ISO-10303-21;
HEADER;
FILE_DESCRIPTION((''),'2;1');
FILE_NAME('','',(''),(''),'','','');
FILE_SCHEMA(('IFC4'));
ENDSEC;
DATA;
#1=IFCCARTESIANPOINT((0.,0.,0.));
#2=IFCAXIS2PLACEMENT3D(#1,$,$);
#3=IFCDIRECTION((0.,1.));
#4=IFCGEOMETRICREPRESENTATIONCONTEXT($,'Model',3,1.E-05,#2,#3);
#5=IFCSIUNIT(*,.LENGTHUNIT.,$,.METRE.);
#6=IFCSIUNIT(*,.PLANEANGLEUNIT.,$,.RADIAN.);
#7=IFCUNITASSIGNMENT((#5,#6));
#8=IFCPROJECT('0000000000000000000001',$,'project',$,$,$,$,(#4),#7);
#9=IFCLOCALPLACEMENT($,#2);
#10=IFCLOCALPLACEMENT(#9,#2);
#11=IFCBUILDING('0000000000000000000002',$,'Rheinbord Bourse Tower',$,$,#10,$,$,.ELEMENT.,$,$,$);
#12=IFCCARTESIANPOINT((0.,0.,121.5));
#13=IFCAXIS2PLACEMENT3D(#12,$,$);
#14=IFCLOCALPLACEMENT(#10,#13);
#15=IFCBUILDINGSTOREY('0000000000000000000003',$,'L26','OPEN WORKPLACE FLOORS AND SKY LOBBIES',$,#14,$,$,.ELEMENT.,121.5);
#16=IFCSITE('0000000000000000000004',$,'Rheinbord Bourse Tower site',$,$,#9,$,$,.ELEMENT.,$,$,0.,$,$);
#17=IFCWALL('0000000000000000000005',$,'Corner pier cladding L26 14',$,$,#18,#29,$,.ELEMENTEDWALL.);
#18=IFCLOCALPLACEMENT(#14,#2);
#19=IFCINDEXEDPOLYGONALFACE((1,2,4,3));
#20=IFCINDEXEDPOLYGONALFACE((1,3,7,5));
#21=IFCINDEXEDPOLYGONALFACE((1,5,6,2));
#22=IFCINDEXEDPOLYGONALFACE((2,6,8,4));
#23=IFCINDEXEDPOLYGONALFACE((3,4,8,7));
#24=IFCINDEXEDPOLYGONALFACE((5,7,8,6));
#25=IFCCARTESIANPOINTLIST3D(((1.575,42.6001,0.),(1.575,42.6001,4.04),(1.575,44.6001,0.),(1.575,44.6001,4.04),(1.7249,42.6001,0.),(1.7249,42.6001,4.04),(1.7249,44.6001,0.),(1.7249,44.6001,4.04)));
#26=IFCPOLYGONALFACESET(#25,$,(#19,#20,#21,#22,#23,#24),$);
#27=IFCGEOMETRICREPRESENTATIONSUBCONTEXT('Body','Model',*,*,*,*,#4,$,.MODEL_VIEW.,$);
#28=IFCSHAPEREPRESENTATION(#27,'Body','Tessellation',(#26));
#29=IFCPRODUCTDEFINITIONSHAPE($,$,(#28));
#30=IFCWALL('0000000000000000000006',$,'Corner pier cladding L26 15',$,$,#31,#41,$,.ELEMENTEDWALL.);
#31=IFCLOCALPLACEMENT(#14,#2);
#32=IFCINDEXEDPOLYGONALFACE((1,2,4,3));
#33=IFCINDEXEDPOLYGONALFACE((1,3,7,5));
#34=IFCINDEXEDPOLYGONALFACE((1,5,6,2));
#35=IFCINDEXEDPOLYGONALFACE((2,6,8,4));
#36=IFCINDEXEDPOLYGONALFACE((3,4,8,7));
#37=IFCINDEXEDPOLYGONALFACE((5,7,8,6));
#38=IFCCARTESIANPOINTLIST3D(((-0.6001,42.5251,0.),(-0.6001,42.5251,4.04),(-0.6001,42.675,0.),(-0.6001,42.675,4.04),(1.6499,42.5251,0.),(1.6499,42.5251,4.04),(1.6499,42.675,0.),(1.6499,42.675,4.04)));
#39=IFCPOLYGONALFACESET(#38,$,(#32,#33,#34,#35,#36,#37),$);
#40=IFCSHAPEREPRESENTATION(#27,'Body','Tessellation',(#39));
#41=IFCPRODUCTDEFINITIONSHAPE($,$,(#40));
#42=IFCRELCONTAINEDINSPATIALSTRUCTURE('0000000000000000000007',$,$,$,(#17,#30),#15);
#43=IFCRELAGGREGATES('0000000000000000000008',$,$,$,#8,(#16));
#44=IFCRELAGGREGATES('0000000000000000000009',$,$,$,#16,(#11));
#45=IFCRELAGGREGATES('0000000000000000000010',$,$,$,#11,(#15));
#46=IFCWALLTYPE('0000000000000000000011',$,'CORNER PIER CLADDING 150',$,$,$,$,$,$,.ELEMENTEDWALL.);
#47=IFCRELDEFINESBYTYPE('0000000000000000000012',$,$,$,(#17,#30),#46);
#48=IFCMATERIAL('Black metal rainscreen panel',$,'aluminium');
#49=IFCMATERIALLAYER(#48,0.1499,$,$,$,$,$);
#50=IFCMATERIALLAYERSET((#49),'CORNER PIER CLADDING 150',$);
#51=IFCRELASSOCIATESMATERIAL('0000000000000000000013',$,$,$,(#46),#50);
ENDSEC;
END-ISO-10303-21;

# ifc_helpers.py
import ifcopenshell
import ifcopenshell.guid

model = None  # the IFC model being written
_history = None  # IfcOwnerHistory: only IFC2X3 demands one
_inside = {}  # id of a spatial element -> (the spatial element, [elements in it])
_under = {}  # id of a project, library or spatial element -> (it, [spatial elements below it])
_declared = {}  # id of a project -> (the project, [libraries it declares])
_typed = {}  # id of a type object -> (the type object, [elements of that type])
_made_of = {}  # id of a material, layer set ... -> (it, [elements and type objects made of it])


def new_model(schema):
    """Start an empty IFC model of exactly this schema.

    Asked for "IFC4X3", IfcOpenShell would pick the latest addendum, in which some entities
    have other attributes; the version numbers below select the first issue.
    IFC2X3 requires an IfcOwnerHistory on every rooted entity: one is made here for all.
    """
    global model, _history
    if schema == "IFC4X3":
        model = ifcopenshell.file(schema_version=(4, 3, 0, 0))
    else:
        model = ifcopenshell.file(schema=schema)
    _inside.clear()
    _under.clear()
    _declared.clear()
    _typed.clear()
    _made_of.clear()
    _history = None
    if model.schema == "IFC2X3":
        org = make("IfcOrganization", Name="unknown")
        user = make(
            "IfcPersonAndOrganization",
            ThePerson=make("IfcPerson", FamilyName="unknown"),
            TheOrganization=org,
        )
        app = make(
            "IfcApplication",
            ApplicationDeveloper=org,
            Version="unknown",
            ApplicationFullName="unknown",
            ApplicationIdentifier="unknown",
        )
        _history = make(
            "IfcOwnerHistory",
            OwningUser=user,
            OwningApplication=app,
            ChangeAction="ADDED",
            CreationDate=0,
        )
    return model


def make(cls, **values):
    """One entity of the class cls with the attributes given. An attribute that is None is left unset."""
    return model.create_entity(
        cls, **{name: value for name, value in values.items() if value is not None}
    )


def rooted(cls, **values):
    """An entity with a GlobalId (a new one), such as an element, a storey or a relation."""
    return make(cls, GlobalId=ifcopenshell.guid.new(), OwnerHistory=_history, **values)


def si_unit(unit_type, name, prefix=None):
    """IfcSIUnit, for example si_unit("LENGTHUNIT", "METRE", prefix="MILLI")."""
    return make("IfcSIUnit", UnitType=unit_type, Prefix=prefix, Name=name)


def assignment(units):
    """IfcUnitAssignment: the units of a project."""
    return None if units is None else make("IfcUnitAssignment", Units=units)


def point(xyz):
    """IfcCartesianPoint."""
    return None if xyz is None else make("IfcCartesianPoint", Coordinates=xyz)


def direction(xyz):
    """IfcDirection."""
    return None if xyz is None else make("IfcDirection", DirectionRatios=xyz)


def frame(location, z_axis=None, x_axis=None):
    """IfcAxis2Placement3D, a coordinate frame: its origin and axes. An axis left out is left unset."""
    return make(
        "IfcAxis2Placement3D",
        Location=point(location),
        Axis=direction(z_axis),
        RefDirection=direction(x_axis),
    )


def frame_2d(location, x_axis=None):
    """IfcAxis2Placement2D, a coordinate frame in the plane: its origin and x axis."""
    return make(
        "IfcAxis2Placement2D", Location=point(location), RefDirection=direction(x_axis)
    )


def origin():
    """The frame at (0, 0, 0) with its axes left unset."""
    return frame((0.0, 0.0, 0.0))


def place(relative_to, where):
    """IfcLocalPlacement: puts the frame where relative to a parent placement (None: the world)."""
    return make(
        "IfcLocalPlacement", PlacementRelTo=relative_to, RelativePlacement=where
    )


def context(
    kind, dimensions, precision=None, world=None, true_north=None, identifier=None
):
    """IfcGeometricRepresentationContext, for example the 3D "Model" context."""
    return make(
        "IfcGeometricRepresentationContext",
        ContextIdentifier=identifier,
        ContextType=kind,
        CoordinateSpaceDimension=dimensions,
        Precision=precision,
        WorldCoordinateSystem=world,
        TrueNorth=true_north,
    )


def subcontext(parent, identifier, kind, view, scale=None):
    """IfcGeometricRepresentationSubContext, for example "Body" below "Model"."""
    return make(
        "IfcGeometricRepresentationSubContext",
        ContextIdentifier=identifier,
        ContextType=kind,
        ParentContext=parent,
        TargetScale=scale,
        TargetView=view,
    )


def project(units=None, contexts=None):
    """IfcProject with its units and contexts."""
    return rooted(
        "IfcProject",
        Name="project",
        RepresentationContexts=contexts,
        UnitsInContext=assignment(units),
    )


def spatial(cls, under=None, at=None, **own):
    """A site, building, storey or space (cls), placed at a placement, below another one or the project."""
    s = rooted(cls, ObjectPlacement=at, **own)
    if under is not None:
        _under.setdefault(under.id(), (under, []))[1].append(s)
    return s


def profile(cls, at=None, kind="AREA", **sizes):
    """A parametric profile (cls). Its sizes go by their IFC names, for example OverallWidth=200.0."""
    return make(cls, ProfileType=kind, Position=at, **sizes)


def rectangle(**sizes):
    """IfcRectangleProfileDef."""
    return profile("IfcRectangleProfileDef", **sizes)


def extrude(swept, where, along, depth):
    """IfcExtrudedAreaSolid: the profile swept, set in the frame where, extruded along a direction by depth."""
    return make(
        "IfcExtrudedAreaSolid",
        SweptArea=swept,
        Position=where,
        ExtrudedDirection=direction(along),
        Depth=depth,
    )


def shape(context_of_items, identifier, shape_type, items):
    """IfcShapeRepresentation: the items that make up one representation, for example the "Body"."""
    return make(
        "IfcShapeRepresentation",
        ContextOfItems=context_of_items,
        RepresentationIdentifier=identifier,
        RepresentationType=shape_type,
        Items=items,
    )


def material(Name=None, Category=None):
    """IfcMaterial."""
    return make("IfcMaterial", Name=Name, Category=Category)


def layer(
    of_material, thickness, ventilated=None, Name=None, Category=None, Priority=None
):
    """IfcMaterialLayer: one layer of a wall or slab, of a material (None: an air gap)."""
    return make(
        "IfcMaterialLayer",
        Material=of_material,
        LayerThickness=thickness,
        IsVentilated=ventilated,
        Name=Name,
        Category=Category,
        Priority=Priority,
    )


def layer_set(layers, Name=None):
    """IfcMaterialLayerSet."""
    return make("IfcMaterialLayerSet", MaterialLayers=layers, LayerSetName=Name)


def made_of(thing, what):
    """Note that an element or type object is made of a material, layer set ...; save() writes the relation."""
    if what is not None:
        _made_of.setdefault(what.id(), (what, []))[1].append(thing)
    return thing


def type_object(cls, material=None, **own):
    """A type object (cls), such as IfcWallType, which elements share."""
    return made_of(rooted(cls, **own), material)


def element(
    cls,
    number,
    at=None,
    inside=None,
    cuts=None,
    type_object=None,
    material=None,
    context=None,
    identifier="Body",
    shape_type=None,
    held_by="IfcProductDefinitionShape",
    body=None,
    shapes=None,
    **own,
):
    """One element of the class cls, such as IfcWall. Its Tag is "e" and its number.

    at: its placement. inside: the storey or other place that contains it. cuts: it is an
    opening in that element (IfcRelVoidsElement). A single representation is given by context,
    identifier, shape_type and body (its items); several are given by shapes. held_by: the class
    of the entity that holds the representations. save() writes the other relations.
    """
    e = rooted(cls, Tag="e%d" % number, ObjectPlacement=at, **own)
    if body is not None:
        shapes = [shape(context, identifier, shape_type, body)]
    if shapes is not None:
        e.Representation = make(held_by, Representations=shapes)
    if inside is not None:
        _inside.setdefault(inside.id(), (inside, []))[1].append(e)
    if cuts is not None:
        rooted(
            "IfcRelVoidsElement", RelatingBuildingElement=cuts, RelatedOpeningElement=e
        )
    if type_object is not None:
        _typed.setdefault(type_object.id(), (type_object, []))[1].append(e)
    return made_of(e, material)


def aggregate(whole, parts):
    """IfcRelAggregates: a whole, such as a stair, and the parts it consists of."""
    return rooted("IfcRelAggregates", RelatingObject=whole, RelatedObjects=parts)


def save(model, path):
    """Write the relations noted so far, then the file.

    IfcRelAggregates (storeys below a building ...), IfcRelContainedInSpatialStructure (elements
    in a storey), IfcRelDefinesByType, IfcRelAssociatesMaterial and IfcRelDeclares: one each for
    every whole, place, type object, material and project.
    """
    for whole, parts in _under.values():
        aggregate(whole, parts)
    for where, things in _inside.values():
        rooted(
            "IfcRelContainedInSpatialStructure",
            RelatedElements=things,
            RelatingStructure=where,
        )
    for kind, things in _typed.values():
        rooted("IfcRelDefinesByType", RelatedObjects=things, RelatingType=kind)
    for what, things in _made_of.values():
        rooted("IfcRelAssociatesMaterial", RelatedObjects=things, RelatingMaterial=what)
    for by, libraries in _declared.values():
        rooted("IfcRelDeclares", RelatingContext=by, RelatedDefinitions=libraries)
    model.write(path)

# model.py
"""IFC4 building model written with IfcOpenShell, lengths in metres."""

from ifc_helpers import new_model, si_unit, direction, frame, frame_2d, origin, place, context, subcontext, project, spatial, rectangle, extrude, material, layer, layer_set, type_object, element, save


model = new_model("IFC4")

# Units and contexts
model_context = context("Model", 3, precision=1e-05, world=origin(), true_north=direction((0.0, 1.0)))
body_context = subcontext(model_context, "Body", "Model", "MODEL_VIEW")
ifc_project = project(units=[si_unit("LENGTHUNIT", "METRE"), si_unit("PLANEANGLEUNIT", "RADIAN")], contexts=[model_context])

# Site, building, storey
site_placement = place(None, origin())
site = spatial("IfcSite", under=ifc_project, at=site_placement, Name="Rheinbord Bourse Tower site", CompositionType="ELEMENT", RefElevation=0.0)
building_placement = place(site_placement, origin())
building = spatial("IfcBuilding", under=site, at=building_placement, Name="Rheinbord Bourse Tower", CompositionType="ELEMENT")
storey_placement = place(building_placement, frame((0.0, 0.0, 121.5)))
storey = spatial("IfcBuildingStorey", under=building, at=storey_placement, Name="L26", Description="OPEN WORKPLACE FLOORS AND SKY LOBBIES", CompositionType="ELEMENT", Elevation=121.5)

# Walls
ifc_material_1 = material(Name="Black metal rainscreen panel", Category="aluminium")
ifc_layer_1 = layer(ifc_material_1, 0.1499)
ifc_layer_set_1 = layer_set([ifc_layer_1], Name="CORNER PIER CLADDING 150")
wall_type = type_object("IfcWallType", Name="CORNER PIER CLADDING 150", PredefinedType="ELEMENTEDWALL", material=ifc_layer_set_1)
wall_1_placement = place(storey_placement, frame((1.6499, 44.6001, 0.0), z_axis=(0.0, 0.0, 1.0), x_axis=(0.0, -1.0, 0.0)))
element("IfcWall", 1, at=wall_1_placement, inside=storey, type_object=wall_type, Name="Corner pier cladding L26 14", PredefinedType="ELEMENTEDWALL", context=body_context, shape_type="SweptSolid", body=[
    extrude(rectangle(XDim=2.0, YDim=0.1499, at=frame_2d((1.0, 0.0))), origin(), (0.0, 0.0, 1.0), 4.04),
])
wall_2_placement = place(storey_placement, frame((1.6499, 42.6001, 0.0), z_axis=(0.0, 0.0, 1.0), x_axis=(-1.0, 0.0, 0.0)))
element("IfcWall", 2, at=wall_2_placement, inside=storey, type_object=wall_type, Name="Corner pier cladding L26 15", PredefinedType="ELEMENTEDWALL", context=body_context, shape_type="SweptSolid", body=[
    extrude(rectangle(XDim=2.25, YDim=0.1499, at=frame_2d((1.125, 0.0))), origin(), (0.0, 0.0, 1.0), 4.04),
])

save(model, "model.ifc")
